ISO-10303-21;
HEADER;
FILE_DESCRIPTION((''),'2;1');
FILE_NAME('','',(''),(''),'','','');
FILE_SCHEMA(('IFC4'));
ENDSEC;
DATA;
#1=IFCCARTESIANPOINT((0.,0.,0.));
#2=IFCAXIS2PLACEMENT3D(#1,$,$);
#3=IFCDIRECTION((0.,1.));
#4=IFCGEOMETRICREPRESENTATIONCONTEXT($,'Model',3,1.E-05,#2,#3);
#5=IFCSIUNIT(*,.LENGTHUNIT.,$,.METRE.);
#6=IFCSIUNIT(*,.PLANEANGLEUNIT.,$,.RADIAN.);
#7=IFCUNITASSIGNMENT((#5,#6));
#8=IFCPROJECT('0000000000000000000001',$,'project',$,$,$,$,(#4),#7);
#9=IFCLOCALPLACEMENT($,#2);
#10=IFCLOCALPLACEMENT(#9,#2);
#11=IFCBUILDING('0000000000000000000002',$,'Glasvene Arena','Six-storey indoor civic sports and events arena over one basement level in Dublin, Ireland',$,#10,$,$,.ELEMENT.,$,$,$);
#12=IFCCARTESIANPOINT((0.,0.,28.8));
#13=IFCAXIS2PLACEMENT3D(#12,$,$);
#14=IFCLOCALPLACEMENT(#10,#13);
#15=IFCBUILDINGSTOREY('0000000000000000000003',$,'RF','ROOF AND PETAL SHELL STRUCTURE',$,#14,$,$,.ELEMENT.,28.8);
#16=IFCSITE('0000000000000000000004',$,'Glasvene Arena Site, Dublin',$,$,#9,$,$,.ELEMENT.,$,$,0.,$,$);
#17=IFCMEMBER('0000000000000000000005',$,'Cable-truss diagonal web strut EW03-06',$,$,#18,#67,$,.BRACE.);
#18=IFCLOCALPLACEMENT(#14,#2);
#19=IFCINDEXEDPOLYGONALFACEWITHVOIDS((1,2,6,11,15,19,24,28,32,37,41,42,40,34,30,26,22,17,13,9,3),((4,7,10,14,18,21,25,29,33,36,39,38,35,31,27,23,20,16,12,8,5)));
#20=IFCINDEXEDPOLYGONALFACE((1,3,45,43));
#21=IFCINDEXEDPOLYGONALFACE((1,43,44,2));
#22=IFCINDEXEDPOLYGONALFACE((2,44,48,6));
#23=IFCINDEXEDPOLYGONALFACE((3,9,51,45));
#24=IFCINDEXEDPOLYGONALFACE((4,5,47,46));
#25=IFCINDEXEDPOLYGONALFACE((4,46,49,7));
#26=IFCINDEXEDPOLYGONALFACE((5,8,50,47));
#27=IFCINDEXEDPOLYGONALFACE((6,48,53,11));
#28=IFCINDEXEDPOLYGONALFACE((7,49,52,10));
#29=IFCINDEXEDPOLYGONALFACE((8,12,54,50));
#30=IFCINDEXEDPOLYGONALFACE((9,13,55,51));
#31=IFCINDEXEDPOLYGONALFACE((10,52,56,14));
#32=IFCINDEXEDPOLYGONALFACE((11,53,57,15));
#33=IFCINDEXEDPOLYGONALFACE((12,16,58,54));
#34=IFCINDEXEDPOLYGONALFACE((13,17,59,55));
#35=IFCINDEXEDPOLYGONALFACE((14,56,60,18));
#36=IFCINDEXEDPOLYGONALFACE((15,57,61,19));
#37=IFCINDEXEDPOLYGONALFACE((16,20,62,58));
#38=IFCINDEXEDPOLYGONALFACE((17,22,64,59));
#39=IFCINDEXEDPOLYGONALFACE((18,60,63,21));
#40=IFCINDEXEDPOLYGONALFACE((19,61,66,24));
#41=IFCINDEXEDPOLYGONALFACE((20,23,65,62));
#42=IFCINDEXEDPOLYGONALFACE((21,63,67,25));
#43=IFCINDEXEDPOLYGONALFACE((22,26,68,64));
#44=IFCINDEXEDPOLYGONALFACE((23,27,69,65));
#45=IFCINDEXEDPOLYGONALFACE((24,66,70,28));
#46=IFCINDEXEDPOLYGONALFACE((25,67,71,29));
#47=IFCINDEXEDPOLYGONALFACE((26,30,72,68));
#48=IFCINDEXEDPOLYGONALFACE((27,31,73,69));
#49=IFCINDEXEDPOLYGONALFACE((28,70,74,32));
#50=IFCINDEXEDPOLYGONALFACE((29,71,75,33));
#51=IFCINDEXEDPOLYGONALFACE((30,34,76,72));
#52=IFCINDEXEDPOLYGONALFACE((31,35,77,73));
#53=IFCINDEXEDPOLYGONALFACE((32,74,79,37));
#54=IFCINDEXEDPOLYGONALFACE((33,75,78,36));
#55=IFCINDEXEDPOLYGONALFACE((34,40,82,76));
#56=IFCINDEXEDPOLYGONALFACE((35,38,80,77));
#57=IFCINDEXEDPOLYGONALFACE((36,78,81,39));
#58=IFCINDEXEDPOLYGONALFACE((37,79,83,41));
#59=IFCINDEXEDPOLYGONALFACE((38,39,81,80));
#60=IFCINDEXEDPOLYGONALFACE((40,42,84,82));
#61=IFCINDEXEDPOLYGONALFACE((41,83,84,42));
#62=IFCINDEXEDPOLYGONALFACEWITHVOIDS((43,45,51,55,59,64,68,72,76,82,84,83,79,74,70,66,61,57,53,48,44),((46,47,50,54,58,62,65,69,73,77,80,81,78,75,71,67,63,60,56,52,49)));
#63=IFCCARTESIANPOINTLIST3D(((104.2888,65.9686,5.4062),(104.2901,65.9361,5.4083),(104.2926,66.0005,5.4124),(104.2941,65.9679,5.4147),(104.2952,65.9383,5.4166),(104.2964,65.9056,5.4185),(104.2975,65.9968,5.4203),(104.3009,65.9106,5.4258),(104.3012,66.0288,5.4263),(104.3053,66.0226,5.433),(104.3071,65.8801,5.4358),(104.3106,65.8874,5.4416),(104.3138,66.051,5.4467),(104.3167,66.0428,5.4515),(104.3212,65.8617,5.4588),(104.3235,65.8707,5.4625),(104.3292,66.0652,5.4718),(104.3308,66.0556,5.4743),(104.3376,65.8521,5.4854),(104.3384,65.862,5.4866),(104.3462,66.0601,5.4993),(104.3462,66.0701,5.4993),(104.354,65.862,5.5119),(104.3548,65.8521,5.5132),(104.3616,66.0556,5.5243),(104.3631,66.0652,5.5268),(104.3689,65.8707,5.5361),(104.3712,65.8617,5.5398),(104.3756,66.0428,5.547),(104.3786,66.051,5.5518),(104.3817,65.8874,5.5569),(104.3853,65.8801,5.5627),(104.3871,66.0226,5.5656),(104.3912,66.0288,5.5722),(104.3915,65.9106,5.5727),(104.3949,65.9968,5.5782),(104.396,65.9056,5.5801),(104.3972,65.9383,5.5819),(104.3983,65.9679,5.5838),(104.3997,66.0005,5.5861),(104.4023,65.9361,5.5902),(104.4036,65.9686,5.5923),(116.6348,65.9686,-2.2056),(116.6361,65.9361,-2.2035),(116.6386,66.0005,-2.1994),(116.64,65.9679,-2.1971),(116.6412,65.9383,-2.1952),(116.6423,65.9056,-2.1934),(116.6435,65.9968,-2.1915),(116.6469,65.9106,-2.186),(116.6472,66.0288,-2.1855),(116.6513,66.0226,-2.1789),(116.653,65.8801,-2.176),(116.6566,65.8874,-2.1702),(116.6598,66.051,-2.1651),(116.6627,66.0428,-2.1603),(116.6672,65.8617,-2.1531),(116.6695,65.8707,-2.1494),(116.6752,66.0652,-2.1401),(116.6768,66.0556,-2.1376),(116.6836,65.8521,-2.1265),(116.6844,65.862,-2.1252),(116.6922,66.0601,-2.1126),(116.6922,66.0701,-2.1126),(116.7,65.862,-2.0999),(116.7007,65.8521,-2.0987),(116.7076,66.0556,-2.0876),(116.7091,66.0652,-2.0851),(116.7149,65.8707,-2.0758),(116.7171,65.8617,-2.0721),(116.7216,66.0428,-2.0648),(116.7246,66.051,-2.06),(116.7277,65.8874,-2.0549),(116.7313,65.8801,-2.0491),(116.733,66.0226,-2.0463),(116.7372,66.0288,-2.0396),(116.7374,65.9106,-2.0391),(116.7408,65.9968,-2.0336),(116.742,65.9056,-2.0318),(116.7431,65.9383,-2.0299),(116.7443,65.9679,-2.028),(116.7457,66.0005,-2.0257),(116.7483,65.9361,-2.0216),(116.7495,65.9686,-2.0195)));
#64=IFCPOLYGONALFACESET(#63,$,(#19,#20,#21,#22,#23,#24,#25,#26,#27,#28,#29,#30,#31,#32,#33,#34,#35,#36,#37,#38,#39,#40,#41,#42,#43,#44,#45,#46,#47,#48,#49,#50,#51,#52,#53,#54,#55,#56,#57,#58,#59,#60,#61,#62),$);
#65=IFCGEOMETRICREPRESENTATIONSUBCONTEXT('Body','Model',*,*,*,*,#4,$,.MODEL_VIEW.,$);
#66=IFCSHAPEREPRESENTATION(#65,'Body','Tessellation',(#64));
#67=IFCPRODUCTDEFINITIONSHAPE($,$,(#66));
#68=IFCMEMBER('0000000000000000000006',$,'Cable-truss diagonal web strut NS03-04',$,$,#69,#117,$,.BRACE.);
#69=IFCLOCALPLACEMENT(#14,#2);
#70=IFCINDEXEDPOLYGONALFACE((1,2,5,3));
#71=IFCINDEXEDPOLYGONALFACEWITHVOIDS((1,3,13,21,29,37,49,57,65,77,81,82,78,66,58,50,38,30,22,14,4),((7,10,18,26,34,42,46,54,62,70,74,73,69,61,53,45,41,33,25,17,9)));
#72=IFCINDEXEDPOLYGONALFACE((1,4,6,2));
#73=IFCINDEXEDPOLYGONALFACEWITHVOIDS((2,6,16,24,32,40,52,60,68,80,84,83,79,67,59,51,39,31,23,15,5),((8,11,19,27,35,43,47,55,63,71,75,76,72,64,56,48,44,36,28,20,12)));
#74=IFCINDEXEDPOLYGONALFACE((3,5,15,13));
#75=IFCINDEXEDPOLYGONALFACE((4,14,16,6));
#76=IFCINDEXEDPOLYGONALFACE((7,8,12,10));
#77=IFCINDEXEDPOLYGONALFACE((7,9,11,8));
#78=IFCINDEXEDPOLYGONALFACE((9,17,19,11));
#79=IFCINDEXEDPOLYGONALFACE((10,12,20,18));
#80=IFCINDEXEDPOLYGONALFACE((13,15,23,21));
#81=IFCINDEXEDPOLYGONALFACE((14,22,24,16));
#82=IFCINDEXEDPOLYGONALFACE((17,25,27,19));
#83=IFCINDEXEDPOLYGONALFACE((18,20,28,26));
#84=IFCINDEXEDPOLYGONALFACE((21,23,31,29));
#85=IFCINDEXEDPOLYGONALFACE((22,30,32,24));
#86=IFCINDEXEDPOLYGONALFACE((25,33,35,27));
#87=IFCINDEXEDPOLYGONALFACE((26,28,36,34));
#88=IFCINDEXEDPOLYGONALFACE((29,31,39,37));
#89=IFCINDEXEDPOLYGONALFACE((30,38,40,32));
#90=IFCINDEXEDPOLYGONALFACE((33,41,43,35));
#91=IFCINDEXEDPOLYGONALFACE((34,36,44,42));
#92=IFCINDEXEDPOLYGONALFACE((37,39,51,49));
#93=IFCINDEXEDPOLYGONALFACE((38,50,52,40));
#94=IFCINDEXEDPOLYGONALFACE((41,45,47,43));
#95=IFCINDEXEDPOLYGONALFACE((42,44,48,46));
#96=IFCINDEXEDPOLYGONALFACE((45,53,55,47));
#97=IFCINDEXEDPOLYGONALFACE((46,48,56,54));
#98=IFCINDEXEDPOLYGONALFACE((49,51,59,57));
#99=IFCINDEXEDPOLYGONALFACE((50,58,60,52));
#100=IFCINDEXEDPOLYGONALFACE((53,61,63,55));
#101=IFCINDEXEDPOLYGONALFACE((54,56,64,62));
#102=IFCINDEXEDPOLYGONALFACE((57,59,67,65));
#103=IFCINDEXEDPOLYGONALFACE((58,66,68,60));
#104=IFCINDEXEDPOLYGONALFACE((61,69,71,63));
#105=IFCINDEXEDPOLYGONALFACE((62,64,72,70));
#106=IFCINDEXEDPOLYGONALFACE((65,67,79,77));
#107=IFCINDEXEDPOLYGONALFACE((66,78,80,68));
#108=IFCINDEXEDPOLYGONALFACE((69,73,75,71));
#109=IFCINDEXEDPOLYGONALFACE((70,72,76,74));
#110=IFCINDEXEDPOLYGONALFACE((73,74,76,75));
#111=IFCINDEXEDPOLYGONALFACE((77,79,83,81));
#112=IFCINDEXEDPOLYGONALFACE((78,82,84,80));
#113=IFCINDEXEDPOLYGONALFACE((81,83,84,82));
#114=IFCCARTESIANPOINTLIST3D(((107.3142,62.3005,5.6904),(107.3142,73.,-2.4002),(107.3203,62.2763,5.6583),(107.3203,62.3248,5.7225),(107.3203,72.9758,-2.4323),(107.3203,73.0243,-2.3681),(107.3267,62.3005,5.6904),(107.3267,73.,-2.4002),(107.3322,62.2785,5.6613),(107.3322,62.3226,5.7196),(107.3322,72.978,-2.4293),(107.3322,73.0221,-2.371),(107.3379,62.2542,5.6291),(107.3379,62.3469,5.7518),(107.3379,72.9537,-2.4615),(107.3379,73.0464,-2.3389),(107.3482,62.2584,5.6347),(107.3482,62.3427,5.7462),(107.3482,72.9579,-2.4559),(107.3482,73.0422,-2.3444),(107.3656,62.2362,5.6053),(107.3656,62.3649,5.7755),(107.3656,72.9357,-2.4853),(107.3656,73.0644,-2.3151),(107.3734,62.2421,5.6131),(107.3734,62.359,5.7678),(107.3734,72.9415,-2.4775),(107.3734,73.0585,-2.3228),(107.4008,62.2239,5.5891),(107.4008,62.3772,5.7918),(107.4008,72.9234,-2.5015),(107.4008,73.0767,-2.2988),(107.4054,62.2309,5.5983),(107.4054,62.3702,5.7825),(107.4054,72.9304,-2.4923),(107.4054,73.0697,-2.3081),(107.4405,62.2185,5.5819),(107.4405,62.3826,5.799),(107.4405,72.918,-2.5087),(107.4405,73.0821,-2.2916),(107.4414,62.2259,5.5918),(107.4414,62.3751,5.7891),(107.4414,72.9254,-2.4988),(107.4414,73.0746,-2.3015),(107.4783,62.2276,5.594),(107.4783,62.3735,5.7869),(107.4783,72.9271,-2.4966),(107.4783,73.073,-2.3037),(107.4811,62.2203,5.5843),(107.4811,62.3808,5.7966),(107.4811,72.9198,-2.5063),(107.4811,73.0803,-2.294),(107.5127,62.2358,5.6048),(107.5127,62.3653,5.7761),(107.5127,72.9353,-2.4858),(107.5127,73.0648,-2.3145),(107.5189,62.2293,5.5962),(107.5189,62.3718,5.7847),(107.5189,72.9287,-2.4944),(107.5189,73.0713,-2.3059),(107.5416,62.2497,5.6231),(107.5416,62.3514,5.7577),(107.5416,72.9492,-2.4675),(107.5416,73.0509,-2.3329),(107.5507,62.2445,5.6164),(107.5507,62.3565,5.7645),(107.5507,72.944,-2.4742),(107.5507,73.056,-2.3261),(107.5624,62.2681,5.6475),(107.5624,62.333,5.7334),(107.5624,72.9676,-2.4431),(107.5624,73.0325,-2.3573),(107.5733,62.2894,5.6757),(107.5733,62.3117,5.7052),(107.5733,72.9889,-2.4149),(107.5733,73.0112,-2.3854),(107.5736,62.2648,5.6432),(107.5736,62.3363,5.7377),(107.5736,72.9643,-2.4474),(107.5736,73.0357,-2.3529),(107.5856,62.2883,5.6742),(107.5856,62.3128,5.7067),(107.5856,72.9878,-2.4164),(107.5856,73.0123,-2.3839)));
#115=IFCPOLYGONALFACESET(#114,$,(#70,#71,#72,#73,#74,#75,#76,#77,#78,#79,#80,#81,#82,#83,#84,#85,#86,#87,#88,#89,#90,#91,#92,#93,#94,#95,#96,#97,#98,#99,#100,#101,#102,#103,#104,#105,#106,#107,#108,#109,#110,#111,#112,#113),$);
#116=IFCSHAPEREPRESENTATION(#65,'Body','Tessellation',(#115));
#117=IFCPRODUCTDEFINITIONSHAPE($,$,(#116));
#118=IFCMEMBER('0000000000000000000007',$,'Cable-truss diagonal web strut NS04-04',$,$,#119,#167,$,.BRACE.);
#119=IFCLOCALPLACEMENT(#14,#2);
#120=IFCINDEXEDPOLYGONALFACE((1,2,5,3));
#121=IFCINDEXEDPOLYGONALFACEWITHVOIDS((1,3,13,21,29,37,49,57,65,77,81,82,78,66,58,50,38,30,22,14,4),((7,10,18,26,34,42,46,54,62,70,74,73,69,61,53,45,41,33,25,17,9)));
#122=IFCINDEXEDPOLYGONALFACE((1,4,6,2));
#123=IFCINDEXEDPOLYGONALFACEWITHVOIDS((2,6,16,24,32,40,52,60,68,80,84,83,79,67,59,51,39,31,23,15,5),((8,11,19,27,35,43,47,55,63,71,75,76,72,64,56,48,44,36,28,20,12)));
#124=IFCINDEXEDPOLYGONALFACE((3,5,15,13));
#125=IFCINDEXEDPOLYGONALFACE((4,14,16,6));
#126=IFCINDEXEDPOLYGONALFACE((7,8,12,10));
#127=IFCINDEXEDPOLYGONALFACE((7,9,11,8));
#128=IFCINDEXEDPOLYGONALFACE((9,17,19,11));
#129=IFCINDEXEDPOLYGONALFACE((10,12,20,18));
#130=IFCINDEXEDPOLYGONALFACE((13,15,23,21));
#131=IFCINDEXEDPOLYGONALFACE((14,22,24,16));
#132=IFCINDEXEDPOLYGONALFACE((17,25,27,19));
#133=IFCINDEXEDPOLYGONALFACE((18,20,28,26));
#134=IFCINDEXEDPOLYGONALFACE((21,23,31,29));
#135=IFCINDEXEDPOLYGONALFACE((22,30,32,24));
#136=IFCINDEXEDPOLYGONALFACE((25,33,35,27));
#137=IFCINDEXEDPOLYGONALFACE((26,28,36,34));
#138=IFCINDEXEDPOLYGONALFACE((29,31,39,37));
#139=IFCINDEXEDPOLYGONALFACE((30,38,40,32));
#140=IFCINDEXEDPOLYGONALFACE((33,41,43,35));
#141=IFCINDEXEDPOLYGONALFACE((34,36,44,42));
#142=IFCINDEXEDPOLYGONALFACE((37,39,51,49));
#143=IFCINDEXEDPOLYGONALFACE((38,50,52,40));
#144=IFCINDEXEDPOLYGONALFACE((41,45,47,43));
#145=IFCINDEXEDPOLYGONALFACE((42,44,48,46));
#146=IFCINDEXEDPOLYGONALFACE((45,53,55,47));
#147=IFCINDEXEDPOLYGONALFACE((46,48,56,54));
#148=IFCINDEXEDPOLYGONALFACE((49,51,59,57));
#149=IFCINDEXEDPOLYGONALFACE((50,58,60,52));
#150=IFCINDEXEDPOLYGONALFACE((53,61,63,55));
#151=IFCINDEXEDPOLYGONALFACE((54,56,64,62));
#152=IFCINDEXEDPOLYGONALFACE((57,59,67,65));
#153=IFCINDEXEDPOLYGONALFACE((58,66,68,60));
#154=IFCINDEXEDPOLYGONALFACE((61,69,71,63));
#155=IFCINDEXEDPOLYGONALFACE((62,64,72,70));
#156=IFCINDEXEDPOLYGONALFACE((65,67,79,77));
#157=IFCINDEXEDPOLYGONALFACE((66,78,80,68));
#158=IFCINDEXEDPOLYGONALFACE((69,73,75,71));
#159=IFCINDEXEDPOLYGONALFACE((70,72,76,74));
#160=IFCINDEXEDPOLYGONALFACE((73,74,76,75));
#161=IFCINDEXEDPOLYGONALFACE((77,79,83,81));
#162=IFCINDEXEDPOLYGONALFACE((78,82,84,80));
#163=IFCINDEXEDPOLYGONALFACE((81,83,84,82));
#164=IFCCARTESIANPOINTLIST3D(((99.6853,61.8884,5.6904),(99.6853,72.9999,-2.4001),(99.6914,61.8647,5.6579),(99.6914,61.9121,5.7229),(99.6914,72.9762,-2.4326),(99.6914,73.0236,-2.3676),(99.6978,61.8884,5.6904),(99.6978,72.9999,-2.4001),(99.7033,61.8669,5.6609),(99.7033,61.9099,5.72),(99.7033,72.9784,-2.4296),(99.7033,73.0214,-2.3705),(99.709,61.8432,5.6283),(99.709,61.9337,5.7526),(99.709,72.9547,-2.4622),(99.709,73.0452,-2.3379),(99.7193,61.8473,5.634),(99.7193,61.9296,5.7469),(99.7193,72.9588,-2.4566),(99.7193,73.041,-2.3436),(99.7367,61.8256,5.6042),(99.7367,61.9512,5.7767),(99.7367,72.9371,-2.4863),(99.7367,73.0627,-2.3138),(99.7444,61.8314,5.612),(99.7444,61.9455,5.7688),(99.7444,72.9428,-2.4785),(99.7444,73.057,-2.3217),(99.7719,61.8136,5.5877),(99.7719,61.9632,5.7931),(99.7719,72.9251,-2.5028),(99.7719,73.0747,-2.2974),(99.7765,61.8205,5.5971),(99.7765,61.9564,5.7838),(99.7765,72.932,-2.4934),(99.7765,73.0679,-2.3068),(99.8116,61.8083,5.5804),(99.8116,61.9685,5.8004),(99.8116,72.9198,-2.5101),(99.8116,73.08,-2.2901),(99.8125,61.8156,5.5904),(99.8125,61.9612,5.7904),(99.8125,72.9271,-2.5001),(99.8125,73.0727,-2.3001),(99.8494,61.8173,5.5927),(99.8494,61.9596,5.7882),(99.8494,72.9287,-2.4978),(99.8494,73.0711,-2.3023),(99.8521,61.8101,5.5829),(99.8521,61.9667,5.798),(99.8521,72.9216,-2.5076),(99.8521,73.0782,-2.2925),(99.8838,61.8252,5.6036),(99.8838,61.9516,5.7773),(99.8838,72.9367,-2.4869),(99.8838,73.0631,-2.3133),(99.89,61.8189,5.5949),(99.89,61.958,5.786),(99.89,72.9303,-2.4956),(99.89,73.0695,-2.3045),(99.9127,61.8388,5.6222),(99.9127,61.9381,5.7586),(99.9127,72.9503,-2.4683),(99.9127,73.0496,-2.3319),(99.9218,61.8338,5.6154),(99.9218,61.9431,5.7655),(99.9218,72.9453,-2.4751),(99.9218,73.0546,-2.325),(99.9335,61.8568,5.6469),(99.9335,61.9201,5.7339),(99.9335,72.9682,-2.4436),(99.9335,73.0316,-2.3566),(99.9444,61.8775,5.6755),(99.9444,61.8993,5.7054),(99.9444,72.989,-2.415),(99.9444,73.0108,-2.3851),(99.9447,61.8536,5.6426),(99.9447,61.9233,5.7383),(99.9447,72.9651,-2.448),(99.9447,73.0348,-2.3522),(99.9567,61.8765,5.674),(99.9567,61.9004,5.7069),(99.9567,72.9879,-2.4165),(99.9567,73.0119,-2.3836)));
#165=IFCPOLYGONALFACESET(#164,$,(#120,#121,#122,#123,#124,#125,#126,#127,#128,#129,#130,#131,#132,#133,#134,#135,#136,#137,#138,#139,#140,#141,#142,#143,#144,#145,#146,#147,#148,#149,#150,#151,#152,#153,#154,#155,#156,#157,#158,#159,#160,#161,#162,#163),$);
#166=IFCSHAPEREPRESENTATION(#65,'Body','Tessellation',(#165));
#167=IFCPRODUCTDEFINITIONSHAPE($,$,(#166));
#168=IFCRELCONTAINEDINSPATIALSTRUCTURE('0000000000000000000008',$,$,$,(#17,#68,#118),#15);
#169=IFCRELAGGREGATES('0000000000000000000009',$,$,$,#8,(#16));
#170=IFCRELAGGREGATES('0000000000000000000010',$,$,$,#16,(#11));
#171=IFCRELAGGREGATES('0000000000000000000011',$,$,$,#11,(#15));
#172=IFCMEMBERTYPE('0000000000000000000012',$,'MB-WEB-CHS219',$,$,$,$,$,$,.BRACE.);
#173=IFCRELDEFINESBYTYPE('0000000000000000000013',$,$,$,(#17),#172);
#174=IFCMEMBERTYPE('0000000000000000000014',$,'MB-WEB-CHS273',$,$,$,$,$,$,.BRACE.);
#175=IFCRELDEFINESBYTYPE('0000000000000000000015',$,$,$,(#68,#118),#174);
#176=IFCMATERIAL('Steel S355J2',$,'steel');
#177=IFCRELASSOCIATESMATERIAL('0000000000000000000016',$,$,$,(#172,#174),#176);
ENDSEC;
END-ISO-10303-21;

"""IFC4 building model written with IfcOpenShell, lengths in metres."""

from ifc_helpers import new_model, si_unit, direction, frame, origin, origin_2d, place, context, subcontext, project, spatial, hollow_circle, extrude, material, material_profile, profile_set, type_object, element, save


model = new_model("IFC4")

# Units and contexts
model_context = context("Model", 3, precision=1e-05, world=origin(), true_north=direction((0.0, 1.0)))
body_context = subcontext(model_context, "Body", "Model", "MODEL_VIEW")
ifc_project = project(units=[si_unit("LENGTHUNIT", "METRE"), si_unit("PLANEANGLEUNIT", "RADIAN")], contexts=[model_context])

# Site, building, storey
site_placement = place(None, origin())
site = spatial("IfcSite", under=ifc_project, at=site_placement, Name="Glasvene Arena Site, Dublin", CompositionType="ELEMENT", RefElevation=0.0)
building_placement = place(site_placement, origin())
building = spatial("IfcBuilding", under=site, at=building_placement, Name="Glasvene Arena", Description="Six-storey indoor civic sports and events arena over one basement level in Dublin, Ireland", CompositionType="ELEMENT")
storey_placement = place(building_placement, frame((0.0, 0.0, 28.8)))
storey = spatial("IfcBuildingStorey", under=building, at=storey_placement, Name="RF", Description="ROOF AND PETAL SHELL STRUCTURE", CompositionType="ELEMENT", Elevation=28.8)

# Shared definitions
ifc_material_1 = material(Name="Steel S355J2", Category="steel")

# Members
ifc_material_profile_1 = material_profile(ifc_material_1, hollow_circle(Radius=0.1096, WallThickness=0.01, at=origin_2d()), Name="CHS 219.1x10.0")
ifc_profile_set_1 = profile_set([ifc_material_profile_1], Name="Steel S355J2")
member_type_1 = type_object("IfcMemberType", Name="MB-WEB-CHS219", PredefinedType="BRACE", material=ifc_profile_set_1)
member_1_placement = place(storey_placement, frame((104.3462, 65.9604, 5.4993), z_axis=(0.851218, 0.0, -0.524813), x_axis=(0.0, 1.0, 0.0)))
element("IfcMember", 1, at=member_1_placement, inside=storey, type_object=member_type_1, Name="Cable-truss diagonal web strut EW03-06", PredefinedType="BRACE", context=body_context, shape_type="SweptSolid", body=[
    extrude(hollow_circle(Radius=0.1096, WallThickness=0.01, at=origin_2d()), origin(), (0.0, 0.0, 1.0), 14.5039),
])
ifc_material_profile_2 = material_profile(ifc_material_1, hollow_circle(Radius=0.1365, WallThickness=0.0125, at=origin_2d()), Name="CHS 273.0x12.5")
ifc_profile_set_2 = profile_set([ifc_material_profile_2], Name="Steel S355J2")
member_type_2 = type_object("IfcMemberType", Name="MB-WEB-CHS273", PredefinedType="BRACE", material=ifc_profile_set_2)
member_2_placement = place(storey_placement, frame((107.4507, 62.3005, 5.6904), z_axis=(0.0, 0.797633, -0.603143), x_axis=(-1.0, 0.0, 0.0)))
element("IfcMember", 2, at=member_2_placement, inside=storey, type_object=member_type_2, Name="Cable-truss diagonal web strut NS03-04", PredefinedType="BRACE", context=body_context, shape_type="SweptSolid", body=[
    extrude(hollow_circle(Radius=0.1365, WallThickness=0.0125, at=origin_2d()), origin(), (0.0, 0.0, 1.0), 13.4141),
])
member_3_placement = place(storey_placement, frame((99.8218, 61.8884, 5.6904), z_axis=(0.0, 0.80841, -0.58862), x_axis=(-1.0, 0.0, 0.0)))
element("IfcMember", 3, at=member_3_placement, inside=storey, type_object=member_type_2, Name="Cable-truss diagonal web strut NS04-04", PredefinedType="BRACE", context=body_context, shape_type="SweptSolid", body=[
    extrude(hollow_circle(Radius=0.1365, WallThickness=0.0125, at=origin_2d()), origin(), (0.0, 0.0, 1.0), 13.7449),
])

save(model, "model.ifc")
